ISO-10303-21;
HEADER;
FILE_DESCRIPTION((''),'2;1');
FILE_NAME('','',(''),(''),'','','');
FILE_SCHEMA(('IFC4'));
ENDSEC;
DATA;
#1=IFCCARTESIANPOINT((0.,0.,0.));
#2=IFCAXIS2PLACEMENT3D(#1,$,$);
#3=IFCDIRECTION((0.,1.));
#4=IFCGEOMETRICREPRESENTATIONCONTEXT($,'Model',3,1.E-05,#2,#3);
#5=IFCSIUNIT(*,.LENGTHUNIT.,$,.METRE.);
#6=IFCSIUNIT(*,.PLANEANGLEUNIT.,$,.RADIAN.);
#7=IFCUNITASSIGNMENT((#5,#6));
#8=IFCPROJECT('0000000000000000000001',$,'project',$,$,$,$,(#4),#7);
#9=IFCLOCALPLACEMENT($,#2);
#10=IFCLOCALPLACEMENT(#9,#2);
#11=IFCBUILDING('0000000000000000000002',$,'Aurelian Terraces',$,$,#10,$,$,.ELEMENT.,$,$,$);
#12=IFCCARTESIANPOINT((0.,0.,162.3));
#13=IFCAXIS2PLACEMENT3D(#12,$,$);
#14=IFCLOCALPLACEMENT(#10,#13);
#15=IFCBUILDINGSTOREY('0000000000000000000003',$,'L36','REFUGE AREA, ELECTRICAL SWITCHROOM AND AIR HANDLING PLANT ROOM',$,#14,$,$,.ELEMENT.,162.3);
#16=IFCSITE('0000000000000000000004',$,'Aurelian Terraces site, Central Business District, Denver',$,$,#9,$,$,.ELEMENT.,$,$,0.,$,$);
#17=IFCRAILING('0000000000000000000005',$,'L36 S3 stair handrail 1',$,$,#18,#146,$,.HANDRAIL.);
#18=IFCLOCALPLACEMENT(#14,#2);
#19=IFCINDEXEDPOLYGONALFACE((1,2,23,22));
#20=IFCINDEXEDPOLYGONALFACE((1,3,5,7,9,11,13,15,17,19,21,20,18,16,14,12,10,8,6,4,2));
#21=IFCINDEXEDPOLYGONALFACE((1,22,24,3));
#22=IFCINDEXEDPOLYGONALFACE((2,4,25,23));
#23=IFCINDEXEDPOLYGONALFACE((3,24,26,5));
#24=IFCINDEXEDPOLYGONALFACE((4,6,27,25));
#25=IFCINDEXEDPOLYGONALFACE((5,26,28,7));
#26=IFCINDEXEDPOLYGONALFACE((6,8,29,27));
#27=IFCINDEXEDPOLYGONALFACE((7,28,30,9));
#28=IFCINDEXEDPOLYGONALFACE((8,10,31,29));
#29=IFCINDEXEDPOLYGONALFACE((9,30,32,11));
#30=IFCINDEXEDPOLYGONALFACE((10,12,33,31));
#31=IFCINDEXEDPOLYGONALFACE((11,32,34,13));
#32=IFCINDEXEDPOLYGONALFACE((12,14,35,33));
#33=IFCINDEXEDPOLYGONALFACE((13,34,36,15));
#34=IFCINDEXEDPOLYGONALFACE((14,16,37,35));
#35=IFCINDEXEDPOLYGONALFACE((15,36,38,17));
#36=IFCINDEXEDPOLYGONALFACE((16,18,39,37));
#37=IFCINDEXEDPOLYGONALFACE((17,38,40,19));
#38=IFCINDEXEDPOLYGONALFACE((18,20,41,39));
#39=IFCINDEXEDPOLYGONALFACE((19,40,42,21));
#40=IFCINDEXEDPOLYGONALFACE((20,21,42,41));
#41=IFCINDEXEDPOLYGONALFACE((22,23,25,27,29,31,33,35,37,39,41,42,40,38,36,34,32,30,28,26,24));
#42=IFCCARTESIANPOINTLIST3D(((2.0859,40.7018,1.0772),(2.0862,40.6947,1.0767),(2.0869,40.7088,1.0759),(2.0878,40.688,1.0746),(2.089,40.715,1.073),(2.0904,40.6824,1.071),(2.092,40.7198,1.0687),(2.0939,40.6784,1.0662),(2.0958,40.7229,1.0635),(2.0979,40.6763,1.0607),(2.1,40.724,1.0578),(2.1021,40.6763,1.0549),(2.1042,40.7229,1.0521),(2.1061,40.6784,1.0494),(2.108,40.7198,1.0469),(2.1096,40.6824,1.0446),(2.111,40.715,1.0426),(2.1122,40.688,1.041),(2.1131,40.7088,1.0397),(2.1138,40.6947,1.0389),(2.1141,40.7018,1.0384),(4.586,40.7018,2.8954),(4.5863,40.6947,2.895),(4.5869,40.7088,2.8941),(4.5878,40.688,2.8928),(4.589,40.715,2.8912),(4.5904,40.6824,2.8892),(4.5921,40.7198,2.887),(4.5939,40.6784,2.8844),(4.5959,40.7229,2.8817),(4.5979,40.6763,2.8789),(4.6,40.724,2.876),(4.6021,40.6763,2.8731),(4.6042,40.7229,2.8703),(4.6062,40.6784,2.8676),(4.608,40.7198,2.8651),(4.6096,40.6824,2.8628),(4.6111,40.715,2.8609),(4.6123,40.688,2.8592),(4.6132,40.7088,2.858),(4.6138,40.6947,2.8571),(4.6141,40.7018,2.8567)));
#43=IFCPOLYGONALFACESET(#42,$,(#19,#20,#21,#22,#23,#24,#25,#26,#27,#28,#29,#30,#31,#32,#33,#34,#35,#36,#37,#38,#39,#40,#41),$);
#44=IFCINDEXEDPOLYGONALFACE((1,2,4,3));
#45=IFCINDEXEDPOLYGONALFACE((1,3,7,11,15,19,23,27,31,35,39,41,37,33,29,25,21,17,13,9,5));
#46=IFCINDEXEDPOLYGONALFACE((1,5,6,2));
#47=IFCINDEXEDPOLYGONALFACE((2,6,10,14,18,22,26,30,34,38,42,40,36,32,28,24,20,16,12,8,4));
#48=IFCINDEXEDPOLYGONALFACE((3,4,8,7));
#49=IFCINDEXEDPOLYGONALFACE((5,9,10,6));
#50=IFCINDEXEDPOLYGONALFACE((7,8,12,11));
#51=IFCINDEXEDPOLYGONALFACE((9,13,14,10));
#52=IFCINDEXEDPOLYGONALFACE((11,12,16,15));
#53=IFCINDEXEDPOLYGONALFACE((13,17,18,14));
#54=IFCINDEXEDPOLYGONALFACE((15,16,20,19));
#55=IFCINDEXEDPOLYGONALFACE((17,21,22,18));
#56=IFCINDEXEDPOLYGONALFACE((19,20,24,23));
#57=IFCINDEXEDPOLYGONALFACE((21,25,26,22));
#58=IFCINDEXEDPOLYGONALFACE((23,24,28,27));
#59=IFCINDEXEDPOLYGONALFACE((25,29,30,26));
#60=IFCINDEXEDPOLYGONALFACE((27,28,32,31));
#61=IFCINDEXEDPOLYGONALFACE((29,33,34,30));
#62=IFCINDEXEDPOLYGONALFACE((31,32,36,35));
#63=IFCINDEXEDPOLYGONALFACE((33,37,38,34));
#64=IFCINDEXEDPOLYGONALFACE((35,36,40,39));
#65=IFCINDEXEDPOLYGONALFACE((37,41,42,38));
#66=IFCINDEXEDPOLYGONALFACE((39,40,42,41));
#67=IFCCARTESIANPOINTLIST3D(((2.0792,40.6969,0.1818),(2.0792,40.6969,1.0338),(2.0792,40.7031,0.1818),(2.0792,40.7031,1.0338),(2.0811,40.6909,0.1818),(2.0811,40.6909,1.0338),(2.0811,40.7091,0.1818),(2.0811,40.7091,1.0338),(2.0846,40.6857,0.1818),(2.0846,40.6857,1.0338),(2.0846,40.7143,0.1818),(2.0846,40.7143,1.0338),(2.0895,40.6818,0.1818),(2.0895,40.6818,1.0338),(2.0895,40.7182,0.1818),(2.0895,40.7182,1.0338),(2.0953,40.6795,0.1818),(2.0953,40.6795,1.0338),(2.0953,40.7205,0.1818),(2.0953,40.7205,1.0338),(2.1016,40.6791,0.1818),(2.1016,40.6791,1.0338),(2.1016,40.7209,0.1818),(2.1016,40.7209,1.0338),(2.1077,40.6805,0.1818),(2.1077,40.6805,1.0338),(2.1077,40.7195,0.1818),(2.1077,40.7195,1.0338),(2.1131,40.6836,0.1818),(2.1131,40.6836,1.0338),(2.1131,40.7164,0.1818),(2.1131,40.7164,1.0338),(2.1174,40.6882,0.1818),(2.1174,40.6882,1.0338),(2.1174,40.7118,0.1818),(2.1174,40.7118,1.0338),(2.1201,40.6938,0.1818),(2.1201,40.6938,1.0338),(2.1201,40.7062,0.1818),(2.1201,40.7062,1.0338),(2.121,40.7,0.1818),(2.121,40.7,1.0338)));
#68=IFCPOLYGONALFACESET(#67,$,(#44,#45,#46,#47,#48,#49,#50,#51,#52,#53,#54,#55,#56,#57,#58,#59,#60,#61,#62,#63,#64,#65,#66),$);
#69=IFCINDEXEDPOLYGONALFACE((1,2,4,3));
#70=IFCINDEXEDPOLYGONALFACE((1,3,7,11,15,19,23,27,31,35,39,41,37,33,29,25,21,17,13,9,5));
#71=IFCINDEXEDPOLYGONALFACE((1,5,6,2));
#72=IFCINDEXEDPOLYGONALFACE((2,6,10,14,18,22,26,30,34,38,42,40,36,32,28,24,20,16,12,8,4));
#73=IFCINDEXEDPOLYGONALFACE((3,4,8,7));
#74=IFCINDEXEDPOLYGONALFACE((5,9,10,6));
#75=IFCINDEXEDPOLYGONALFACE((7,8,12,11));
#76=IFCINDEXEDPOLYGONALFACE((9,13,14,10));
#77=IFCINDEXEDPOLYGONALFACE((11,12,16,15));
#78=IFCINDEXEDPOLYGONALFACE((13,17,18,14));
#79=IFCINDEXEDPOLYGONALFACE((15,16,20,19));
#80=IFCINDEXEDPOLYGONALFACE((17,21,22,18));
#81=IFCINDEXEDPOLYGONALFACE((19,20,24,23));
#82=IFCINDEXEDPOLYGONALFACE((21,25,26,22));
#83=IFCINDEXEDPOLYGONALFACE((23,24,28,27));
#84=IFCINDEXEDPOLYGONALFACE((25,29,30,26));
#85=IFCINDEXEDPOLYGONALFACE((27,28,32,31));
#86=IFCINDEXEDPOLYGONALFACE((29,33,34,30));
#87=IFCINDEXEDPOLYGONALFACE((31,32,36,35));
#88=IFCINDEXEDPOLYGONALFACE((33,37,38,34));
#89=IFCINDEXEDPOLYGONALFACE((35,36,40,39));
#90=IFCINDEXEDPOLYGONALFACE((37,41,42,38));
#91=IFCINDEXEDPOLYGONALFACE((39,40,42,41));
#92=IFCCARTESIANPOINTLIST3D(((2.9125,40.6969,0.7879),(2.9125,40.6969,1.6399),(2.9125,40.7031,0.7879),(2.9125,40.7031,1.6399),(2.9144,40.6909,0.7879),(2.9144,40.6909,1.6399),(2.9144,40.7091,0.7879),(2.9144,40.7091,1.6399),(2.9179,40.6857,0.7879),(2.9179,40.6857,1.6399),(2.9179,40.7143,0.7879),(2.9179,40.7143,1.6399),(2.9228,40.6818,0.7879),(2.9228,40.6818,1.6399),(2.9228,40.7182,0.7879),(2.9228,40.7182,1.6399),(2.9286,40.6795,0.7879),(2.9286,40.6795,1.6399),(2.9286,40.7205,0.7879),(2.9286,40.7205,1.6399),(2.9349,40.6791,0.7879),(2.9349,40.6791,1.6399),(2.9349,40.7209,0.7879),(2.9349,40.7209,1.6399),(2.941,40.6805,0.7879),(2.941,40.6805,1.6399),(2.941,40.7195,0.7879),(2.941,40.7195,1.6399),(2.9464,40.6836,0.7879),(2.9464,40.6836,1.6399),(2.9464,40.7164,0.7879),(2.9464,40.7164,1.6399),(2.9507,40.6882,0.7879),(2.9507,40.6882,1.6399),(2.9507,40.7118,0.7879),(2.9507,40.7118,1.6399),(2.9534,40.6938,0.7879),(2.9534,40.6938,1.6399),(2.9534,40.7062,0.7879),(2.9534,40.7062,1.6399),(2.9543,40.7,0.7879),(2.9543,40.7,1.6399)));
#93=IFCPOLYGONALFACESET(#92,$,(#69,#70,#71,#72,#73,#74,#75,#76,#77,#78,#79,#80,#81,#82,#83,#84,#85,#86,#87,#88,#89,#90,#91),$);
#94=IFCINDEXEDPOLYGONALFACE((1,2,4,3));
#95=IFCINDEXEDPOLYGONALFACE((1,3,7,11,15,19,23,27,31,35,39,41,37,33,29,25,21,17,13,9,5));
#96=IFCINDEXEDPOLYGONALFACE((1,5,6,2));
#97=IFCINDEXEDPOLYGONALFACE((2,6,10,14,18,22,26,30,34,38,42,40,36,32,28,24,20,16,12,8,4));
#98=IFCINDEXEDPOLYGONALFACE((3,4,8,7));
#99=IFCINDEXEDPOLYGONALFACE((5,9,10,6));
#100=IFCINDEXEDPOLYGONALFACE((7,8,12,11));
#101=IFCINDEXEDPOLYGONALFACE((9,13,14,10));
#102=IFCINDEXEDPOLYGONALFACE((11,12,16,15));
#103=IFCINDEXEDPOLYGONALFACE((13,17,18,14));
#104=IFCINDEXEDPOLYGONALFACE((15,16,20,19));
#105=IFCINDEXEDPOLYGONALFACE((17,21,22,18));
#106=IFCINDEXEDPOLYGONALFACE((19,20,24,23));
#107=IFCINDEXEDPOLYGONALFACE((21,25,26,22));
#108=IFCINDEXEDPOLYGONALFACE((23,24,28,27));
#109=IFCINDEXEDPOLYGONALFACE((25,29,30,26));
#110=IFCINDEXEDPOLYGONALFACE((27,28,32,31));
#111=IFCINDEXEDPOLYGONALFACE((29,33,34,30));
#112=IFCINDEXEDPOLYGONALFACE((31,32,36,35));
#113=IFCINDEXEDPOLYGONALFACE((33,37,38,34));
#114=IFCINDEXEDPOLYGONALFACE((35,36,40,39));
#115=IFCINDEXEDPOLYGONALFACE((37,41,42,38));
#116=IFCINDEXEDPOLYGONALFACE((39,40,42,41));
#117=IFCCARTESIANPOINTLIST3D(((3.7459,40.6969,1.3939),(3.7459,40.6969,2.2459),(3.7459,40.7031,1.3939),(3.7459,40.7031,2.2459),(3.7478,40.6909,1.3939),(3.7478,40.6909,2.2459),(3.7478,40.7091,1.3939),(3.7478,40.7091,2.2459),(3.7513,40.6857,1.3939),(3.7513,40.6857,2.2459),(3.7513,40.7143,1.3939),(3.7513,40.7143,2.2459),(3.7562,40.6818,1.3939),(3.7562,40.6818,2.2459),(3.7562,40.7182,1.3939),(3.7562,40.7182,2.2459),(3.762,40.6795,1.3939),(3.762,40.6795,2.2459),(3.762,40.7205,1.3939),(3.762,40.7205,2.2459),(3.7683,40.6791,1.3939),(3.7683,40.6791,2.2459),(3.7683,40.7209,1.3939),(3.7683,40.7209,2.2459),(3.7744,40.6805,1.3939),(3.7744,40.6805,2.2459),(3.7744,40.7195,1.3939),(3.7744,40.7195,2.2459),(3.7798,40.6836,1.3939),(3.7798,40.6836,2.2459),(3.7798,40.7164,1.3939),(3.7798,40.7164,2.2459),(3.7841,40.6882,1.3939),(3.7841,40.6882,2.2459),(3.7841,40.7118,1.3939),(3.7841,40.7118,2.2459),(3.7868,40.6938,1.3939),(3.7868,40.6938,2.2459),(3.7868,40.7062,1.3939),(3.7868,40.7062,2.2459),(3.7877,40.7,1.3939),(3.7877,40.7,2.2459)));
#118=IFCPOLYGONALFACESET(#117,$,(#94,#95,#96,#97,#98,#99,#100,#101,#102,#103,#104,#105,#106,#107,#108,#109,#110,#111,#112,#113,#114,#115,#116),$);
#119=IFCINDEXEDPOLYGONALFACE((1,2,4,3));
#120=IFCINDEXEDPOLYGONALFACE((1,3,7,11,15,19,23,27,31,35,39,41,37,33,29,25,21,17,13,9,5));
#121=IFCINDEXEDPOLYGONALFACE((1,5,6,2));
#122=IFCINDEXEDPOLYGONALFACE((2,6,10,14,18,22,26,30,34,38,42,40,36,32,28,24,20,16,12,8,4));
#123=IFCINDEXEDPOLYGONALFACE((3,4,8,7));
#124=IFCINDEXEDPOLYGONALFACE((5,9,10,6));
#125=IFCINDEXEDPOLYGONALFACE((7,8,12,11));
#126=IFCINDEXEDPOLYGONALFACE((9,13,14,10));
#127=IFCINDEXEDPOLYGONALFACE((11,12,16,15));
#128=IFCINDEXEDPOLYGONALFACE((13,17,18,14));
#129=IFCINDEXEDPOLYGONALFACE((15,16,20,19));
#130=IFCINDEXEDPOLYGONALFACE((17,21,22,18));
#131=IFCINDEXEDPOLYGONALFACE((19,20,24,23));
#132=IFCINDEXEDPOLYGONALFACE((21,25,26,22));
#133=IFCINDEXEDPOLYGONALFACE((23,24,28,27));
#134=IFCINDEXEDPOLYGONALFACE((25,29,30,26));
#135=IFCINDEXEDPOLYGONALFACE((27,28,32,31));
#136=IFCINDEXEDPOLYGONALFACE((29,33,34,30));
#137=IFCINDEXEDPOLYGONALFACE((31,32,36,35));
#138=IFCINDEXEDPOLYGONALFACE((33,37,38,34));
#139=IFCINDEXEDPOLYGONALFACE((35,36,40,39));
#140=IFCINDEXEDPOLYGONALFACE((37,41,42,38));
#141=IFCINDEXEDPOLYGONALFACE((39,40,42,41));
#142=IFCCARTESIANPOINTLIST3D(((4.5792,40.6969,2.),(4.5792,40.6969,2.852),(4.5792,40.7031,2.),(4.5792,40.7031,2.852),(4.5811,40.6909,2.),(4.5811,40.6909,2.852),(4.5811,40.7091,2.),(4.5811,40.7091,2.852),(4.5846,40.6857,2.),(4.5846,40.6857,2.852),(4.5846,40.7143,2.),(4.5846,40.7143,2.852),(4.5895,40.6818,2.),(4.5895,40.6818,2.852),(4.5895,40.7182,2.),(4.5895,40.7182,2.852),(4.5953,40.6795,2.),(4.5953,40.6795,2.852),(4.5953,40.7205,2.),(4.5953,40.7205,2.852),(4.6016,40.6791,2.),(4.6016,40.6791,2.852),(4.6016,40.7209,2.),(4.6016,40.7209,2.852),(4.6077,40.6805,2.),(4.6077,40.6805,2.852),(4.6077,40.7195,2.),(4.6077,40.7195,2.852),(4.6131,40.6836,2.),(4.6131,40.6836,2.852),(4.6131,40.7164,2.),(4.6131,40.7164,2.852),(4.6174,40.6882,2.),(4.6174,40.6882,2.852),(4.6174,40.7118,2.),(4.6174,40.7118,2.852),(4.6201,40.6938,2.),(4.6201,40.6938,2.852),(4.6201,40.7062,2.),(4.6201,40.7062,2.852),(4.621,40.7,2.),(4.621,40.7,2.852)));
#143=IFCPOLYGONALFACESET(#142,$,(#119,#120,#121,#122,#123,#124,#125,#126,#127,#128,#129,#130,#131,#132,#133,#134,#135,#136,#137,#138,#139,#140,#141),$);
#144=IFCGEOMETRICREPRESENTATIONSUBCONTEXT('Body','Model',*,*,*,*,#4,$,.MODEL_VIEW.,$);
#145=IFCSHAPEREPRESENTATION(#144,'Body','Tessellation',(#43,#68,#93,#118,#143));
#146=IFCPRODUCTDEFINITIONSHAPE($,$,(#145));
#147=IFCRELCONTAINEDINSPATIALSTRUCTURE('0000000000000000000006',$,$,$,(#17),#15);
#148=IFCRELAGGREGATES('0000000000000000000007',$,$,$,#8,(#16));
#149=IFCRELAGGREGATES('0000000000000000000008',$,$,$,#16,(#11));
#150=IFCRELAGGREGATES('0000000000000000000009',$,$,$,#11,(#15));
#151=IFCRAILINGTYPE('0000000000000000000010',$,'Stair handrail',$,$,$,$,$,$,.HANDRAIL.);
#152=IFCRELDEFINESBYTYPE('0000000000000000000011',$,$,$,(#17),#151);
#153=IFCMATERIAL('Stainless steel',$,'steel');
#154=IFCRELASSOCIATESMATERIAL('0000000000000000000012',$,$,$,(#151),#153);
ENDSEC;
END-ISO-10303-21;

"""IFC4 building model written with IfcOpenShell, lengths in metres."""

from ifc_helpers import new_model, si_unit, direction, frame, origin, origin_2d, place, context, subcontext, project, spatial, circle, extrude, material, type_object, element, save


model = new_model("IFC4")

# Units and contexts
model_context = context("Model", 3, precision=1e-05, world=origin(), true_north=direction((0.0, 1.0)))
body_context = subcontext(model_context, "Body", "Model", "MODEL_VIEW")
ifc_project = project(units=[si_unit("LENGTHUNIT", "METRE"), si_unit("PLANEANGLEUNIT", "RADIAN")], contexts=[model_context])

# Site, building, storey
site_placement = place(None, origin())
site = spatial("IfcSite", under=ifc_project, at=site_placement, Name="Aurelian Terraces site, Central Business District, Denver", CompositionType="ELEMENT", RefElevation=0.0)
building_placement = place(site_placement, origin())
building = spatial("IfcBuilding", under=site, at=building_placement, Name="Aurelian Terraces", CompositionType="ELEMENT")
storey_placement = place(building_placement, frame((0.0, 0.0, 162.3)))
storey = spatial("IfcBuildingStorey", under=building, at=storey_placement, Name="L36", Description="REFUGE AREA, ELECTRICAL SWITCHROOM AND AIR HANDLING PLANT ROOM", CompositionType="ELEMENT", Elevation=162.3)

# Railing
ifc_material_1 = material(Name="Stainless steel", Category="steel")
railing_type_1 = type_object("IfcRailingType", Name="Stair handrail", PredefinedType="HANDRAIL", material=ifc_material_1)
railing_1_placement = place(storey_placement, frame((2.1, 40.7, 0.1818)))
element("IfcRailing", 1, at=railing_1_placement, inside=storey, type_object=railing_type_1, Name="L36 S3 stair handrail 1", PredefinedType="HANDRAIL", context=body_context, shape_type="SweptSolid", body=[
    extrude(circle(Radius=0.024, at=origin_2d()), frame((0.0, 0.0, 0.876), z_axis=(0.808733, 0.0, 0.588176), x_axis=(0.0, 1.0, 0.0)), (0.0, 0.0, 1.0), 3.0913),
    extrude(circle(Radius=0.021, at=origin_2d()), origin(), (0.0, 0.0, 1.0), 0.852),
    extrude(circle(Radius=0.021, at=origin_2d()), frame((0.8333, 0.0, 0.6061)), (0.0, 0.0, 1.0), 0.852),
    extrude(circle(Radius=0.021, at=origin_2d()), frame((1.6667, 0.0, 1.2121)), (0.0, 0.0, 1.0), 0.852),
    extrude(circle(Radius=0.021, at=origin_2d()), frame((2.5, 0.0, 1.8182)), (0.0, 0.0, 1.0), 0.852),
])

save(model, "model.ifc")
